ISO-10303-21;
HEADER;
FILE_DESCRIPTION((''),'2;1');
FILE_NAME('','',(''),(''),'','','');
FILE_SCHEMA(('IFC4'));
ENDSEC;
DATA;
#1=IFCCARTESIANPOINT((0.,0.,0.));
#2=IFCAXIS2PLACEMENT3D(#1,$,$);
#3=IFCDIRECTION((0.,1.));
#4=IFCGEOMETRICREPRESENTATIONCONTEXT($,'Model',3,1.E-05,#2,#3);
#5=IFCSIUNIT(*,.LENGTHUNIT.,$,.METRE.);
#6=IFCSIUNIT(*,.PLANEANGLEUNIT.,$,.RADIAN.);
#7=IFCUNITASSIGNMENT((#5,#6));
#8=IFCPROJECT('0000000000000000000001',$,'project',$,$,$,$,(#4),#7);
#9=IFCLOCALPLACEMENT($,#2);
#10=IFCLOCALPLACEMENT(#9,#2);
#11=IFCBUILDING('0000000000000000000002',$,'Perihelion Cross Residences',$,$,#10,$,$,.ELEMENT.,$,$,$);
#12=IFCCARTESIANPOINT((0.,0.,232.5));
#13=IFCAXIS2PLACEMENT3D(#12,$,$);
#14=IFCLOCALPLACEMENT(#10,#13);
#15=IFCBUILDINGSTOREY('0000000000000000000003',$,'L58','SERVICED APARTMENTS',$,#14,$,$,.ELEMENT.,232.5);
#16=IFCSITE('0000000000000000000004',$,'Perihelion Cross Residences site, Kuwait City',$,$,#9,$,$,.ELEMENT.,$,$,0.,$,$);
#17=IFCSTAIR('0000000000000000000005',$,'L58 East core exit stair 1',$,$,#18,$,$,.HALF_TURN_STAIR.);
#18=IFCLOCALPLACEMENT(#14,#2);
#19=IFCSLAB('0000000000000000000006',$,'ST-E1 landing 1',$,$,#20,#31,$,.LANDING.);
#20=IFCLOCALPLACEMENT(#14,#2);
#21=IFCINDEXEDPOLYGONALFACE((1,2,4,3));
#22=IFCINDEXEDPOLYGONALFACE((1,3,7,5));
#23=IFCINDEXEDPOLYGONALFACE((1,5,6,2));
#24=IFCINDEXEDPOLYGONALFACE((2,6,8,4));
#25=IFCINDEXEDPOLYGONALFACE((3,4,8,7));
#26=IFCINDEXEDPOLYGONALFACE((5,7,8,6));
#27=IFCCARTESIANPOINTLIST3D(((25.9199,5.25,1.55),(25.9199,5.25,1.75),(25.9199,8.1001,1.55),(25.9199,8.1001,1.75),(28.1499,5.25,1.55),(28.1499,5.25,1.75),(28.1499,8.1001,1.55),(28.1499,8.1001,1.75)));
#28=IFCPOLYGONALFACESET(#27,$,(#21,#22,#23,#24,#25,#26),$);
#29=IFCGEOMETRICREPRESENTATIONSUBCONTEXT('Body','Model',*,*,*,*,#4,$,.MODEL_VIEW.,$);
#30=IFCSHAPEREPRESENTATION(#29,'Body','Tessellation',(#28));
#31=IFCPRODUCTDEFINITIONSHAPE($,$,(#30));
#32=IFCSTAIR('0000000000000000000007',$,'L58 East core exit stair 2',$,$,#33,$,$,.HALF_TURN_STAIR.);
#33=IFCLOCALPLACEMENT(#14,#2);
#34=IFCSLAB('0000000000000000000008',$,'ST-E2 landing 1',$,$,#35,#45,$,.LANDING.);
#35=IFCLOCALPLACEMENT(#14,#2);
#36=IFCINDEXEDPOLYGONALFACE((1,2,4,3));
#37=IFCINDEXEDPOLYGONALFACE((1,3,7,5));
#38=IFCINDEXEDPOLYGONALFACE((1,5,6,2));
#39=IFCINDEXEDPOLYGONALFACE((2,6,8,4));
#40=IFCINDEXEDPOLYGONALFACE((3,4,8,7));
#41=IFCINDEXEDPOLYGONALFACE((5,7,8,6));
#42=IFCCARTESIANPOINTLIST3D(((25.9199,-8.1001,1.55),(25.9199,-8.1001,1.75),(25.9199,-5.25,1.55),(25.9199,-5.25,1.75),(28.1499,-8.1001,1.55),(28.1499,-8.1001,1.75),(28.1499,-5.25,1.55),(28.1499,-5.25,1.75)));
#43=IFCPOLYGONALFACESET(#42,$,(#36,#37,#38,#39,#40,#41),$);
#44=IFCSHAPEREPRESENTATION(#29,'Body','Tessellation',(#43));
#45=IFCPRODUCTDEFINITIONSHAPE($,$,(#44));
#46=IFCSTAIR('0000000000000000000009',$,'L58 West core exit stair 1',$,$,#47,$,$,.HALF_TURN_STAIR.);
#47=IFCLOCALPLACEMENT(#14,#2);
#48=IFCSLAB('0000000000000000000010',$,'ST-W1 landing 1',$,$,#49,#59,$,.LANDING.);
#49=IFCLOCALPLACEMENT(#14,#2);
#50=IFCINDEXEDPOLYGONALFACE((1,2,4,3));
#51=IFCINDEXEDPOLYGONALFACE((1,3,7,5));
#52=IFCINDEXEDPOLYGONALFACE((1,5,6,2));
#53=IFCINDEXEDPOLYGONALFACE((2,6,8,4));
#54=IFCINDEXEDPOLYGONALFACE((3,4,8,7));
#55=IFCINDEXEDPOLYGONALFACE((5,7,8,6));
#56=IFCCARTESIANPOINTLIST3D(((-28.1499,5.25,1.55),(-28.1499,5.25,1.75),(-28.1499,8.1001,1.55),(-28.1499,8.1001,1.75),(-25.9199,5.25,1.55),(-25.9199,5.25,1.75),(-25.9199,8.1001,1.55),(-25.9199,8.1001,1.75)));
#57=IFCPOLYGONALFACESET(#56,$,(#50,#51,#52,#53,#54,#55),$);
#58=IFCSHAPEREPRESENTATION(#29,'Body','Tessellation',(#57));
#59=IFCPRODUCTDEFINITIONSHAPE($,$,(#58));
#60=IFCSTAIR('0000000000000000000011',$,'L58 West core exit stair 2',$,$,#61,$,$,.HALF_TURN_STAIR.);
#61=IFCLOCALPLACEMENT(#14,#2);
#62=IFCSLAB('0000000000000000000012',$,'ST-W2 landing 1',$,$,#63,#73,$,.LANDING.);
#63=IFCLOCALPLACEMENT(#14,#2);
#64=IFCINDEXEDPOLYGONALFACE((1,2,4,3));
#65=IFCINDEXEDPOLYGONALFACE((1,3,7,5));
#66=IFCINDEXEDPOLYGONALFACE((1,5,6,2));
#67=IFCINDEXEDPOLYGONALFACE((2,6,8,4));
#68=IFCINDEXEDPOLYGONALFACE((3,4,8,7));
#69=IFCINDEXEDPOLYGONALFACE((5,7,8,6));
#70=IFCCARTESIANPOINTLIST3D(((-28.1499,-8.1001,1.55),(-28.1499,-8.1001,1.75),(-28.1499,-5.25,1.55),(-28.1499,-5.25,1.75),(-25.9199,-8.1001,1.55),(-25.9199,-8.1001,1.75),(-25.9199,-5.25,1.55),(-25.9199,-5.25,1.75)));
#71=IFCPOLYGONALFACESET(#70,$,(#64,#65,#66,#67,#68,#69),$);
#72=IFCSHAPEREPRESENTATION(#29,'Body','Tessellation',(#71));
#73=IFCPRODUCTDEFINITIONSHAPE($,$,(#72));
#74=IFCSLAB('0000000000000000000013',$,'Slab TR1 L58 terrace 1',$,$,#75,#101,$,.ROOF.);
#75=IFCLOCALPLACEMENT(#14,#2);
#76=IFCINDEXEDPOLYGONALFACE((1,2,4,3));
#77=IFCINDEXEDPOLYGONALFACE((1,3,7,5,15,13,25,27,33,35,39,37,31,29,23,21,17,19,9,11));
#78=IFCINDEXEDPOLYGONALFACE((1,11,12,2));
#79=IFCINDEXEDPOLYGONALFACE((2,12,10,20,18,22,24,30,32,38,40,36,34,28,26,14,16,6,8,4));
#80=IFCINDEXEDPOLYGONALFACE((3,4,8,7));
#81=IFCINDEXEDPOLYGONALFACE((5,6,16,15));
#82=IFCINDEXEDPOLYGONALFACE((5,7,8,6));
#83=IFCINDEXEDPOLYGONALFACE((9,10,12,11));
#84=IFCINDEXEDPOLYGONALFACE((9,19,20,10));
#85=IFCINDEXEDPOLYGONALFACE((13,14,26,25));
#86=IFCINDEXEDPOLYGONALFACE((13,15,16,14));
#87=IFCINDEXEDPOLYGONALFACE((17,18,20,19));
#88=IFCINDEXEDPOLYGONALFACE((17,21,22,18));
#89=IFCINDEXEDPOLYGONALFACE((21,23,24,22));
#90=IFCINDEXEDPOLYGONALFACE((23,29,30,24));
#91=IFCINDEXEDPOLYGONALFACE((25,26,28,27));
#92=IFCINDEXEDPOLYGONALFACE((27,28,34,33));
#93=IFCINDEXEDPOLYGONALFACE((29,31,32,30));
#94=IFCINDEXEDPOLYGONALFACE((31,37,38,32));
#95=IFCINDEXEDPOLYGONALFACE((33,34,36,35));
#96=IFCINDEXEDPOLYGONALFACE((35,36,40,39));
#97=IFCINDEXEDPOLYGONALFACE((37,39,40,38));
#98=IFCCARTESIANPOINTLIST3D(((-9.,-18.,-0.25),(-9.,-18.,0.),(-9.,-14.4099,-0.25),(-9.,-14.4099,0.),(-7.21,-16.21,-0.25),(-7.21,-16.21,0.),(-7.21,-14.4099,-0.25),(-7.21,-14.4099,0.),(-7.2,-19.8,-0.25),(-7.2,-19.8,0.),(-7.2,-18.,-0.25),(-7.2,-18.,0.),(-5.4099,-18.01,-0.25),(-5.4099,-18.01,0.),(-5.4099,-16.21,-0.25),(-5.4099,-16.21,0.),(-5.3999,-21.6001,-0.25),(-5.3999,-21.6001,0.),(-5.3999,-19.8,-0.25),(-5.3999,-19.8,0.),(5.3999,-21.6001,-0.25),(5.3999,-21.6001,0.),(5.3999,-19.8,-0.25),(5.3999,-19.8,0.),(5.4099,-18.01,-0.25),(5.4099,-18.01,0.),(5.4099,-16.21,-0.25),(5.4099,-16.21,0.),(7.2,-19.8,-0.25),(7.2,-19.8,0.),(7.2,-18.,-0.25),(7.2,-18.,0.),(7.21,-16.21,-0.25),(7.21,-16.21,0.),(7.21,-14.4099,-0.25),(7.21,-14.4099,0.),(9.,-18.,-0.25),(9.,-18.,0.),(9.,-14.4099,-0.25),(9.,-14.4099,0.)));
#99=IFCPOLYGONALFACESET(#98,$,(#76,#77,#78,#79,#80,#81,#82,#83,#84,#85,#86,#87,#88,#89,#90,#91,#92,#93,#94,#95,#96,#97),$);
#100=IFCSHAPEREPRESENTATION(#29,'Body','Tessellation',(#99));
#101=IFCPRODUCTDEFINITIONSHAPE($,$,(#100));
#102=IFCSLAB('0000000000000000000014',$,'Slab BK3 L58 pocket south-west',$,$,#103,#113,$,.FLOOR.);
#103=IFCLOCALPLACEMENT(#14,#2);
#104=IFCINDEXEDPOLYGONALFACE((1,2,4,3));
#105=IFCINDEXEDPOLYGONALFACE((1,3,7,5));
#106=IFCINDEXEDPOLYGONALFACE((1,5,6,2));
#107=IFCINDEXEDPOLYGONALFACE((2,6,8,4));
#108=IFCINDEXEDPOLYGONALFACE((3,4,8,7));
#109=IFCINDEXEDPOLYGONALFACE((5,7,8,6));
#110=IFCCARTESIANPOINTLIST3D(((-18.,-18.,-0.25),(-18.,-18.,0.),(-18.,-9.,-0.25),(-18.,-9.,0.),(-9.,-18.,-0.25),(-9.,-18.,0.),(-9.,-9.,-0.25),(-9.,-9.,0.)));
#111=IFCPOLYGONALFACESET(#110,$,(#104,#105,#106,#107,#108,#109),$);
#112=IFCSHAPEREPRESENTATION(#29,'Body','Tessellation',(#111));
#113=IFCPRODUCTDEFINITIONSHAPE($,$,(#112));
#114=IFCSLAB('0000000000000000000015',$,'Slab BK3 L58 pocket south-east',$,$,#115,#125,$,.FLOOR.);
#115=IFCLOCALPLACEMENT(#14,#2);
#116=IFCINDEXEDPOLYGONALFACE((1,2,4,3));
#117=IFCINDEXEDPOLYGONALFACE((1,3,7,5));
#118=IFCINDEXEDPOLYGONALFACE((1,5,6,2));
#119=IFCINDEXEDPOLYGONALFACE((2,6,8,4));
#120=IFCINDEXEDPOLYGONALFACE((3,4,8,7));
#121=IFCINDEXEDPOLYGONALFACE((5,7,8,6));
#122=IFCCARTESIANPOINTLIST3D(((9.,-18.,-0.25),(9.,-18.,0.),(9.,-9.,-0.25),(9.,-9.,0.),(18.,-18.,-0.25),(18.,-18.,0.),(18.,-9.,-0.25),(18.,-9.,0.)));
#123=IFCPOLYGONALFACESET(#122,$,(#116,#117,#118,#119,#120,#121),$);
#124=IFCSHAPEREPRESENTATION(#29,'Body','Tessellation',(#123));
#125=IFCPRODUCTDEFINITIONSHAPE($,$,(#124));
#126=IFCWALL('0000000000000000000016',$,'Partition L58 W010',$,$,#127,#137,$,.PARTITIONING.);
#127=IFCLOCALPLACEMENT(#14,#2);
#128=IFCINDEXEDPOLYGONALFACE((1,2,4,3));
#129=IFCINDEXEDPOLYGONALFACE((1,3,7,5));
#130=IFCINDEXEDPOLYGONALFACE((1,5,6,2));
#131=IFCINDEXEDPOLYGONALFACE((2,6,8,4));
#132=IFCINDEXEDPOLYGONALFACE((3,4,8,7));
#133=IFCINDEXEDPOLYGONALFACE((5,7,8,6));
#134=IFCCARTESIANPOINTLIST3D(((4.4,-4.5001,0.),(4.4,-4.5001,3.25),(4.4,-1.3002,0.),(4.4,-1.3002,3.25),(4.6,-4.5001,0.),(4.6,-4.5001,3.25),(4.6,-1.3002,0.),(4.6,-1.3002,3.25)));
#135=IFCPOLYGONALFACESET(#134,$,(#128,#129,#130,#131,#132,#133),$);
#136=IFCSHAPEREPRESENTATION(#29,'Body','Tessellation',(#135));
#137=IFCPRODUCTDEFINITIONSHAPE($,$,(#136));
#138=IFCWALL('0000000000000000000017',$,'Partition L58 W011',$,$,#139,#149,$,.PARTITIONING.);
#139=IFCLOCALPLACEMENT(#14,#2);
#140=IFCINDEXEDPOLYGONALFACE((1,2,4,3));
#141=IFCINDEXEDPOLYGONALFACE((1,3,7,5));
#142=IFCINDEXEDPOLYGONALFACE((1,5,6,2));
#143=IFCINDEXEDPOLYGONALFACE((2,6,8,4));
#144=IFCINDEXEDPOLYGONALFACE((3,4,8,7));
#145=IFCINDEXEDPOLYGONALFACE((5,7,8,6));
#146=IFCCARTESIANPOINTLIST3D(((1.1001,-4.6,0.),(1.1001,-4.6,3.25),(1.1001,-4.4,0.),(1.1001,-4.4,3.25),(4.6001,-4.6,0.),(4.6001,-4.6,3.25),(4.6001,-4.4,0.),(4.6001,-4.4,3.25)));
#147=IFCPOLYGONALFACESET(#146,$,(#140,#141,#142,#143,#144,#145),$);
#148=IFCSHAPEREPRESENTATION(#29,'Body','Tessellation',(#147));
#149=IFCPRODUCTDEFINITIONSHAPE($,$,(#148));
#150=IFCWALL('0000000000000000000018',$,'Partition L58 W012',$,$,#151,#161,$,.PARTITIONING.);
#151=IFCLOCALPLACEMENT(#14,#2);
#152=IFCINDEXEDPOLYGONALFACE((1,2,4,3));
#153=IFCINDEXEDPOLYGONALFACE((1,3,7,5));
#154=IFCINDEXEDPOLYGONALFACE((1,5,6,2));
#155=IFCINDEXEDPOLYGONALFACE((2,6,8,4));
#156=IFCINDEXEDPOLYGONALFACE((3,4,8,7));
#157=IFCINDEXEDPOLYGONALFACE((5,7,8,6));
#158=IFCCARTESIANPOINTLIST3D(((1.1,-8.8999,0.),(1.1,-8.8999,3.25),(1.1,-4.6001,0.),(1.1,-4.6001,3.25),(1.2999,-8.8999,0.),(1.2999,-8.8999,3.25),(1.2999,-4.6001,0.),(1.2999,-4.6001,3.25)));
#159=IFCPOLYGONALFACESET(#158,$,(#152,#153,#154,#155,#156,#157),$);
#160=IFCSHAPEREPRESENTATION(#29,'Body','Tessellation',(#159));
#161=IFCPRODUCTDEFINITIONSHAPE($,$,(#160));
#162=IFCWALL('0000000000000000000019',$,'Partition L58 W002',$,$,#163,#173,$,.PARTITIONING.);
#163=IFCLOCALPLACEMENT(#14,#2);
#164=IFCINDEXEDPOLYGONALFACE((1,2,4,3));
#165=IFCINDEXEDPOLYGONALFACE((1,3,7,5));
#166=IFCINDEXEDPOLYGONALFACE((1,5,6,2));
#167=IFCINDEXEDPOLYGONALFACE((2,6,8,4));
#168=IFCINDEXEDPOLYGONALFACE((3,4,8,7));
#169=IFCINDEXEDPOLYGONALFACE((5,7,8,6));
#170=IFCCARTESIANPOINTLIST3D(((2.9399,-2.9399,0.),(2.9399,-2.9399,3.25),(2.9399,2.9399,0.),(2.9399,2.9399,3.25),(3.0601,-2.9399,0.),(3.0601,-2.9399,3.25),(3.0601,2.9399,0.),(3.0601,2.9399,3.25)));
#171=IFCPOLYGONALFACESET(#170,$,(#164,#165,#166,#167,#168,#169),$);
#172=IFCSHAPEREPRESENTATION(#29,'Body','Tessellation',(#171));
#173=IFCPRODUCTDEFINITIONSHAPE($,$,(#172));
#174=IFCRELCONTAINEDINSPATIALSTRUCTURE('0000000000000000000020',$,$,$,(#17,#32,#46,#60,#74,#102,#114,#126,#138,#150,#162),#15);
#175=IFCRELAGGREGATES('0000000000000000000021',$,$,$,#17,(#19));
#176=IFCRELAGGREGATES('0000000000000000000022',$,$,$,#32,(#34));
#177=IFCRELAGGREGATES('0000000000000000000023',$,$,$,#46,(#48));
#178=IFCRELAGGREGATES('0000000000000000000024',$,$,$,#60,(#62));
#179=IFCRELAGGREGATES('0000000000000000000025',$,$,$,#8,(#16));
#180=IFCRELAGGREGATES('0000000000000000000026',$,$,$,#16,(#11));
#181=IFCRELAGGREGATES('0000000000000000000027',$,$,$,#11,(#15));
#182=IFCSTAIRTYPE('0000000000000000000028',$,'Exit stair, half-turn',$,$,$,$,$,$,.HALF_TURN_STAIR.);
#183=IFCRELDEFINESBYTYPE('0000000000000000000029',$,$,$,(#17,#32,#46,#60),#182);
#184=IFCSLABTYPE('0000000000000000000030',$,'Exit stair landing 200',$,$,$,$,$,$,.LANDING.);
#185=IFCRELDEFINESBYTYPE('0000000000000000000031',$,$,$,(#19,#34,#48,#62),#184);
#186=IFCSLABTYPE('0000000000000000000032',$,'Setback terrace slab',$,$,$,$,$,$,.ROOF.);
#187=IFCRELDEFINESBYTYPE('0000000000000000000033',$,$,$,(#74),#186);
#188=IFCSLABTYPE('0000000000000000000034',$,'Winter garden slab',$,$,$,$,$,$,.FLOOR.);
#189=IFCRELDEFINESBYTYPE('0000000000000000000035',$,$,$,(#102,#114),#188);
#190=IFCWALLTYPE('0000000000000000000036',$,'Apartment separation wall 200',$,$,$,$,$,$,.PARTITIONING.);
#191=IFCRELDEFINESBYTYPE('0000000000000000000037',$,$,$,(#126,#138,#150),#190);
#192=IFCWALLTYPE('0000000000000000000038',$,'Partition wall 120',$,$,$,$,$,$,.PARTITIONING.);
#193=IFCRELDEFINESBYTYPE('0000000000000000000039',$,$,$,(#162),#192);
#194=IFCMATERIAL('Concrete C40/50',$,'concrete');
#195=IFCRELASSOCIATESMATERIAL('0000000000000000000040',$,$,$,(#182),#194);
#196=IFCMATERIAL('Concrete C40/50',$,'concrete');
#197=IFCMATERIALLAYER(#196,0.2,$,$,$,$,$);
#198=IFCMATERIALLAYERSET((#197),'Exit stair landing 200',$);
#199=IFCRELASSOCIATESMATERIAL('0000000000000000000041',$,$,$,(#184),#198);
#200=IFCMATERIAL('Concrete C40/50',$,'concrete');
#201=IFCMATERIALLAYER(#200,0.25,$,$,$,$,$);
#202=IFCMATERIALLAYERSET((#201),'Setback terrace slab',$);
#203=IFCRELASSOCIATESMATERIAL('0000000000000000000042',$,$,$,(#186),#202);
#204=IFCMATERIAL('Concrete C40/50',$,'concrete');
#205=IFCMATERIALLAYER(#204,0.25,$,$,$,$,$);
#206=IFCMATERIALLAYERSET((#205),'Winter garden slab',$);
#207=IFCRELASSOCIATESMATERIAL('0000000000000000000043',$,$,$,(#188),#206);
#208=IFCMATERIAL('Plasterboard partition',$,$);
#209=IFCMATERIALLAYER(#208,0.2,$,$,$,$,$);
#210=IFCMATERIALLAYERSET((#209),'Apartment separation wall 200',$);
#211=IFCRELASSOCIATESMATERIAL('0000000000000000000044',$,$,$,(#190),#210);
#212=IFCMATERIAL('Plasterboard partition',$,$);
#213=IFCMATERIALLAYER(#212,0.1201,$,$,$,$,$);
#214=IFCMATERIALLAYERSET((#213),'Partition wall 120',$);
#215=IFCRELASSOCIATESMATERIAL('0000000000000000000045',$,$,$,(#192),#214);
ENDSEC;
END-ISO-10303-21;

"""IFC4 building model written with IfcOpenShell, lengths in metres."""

from ifc_helpers import new_model, si_unit, direction, frame, frame_2d, origin, place, context, subcontext, project, spatial, polyline, rectangle, outline, extrude, material, layer, layer_set, type_object, element, aggregate, save


model = new_model("IFC4")

# Units and contexts
model_context = context("Model", 3, precision=1e-05, world=origin(), true_north=direction((0.0, 1.0)))
body_context = subcontext(model_context, "Body", "Model", "MODEL_VIEW")
ifc_project = project(units=[si_unit("LENGTHUNIT", "METRE"), si_unit("PLANEANGLEUNIT", "RADIAN")], contexts=[model_context])

# Site, building, storey
site_placement = place(None, origin())
site = spatial("IfcSite", under=ifc_project, at=site_placement, Name="Perihelion Cross Residences site, Kuwait City", CompositionType="ELEMENT", RefElevation=0.0)
building_placement = place(site_placement, origin())
building = spatial("IfcBuilding", under=site, at=building_placement, Name="Perihelion Cross Residences", CompositionType="ELEMENT")
storey_placement = place(building_placement, frame((0.0, 0.0, 232.5)))
storey = spatial("IfcBuildingStorey", under=building, at=storey_placement, Name="L58", Description="SERVICED APARTMENTS", CompositionType="ELEMENT", Elevation=232.5)

# Stairs, slabs
ifc_material_1 = material(Name="Concrete C40/50", Category="concrete")
stair_type = type_object("IfcStairType", Name="Exit stair, half-turn", PredefinedType="HALF_TURN_STAIR", material=ifc_material_1)
stair_1_placement = place(storey_placement, origin())
stair_1 = element("IfcStair", 1, at=stair_1_placement, inside=storey, type_object=stair_type, Name="L58 East core exit stair 1", PredefinedType="HALF_TURN_STAIR")
ifc_material_2 = material(Name="Concrete C40/50", Category="concrete")
ifc_layer_1 = layer(ifc_material_2, 0.2)
ifc_layer_set_1 = layer_set([ifc_layer_1], Name="Exit stair landing 200")
slab_type_1 = type_object("IfcSlabType", Name="Exit stair landing 200", PredefinedType="LANDING", material=ifc_layer_set_1)
slab_1_placement = place(storey_placement, frame((0.0, 0.0, 1.55)))
slab_1 = element("IfcSlab", 2, at=slab_1_placement, type_object=slab_type_1, Name="ST-E1 landing 1", PredefinedType="LANDING", context=body_context, shape_type="SweptSolid", body=[
    extrude(outline(polyline([(25.9199, 5.25), (28.1499, 5.25), (28.1499, 8.1001), (25.9199, 8.1001), (25.9199, 5.25)])), origin(), (0.0, 0.0, 1.0), 0.2),
])
aggregate(stair_1, [slab_1])
stair_2_placement = place(storey_placement, origin())
stair_2 = element("IfcStair", 3, at=stair_2_placement, inside=storey, type_object=stair_type, Name="L58 East core exit stair 2", PredefinedType="HALF_TURN_STAIR")
slab_2_placement = place(storey_placement, frame((0.0, 0.0, 1.55)))
slab_2 = element("IfcSlab", 4, at=slab_2_placement, type_object=slab_type_1, Name="ST-E2 landing 1", PredefinedType="LANDING", context=body_context, shape_type="SweptSolid", body=[
    extrude(outline(polyline([(25.9199, -8.1001), (28.1499, -8.1001), (28.1499, -5.25), (25.9199, -5.25), (25.9199, -8.1001)])), origin(), (0.0, 0.0, 1.0), 0.2),
])
aggregate(stair_2, [slab_2])
stair_3_placement = place(storey_placement, origin())
stair_3 = element("IfcStair", 5, at=stair_3_placement, inside=storey, type_object=stair_type, Name="L58 West core exit stair 1", PredefinedType="HALF_TURN_STAIR")
slab_3_placement = place(storey_placement, frame((0.0, 0.0, 1.55)))
slab_3 = element("IfcSlab", 6, at=slab_3_placement, type_object=slab_type_1, Name="ST-W1 landing 1", PredefinedType="LANDING", context=body_context, shape_type="SweptSolid", body=[
    extrude(outline(polyline([(-25.9199, 8.1001), (-28.1499, 8.1001), (-28.1499, 5.25), (-25.9199, 5.25), (-25.9199, 8.1001)])), origin(), (0.0, 0.0, 1.0), 0.2),
])
aggregate(stair_3, [slab_3])
stair_4_placement = place(storey_placement, origin())
stair_4 = element("IfcStair", 7, at=stair_4_placement, inside=storey, type_object=stair_type, Name="L58 West core exit stair 2", PredefinedType="HALF_TURN_STAIR")
slab_4_placement = place(storey_placement, frame((0.0, 0.0, 1.55)))
slab_4 = element("IfcSlab", 8, at=slab_4_placement, type_object=slab_type_1, Name="ST-W2 landing 1", PredefinedType="LANDING", context=body_context, shape_type="SweptSolid", body=[
    extrude(outline(polyline([(-25.9199, -5.25), (-28.1499, -5.25), (-28.1499, -8.1001), (-25.9199, -8.1001), (-25.9199, -5.25)])), origin(), (0.0, 0.0, 1.0), 0.2),
])
aggregate(stair_4, [slab_4])

# Slabs
ifc_material_3 = material(Name="Concrete C40/50", Category="concrete")
ifc_layer_2 = layer(ifc_material_3, 0.25)
ifc_layer_set_2 = layer_set([ifc_layer_2], Name="Setback terrace slab")
slab_type_2 = type_object("IfcSlabType", Name="Setback terrace slab", PredefinedType="ROOF", material=ifc_layer_set_2)
slab_5_placement = place(storey_placement, frame((0.0, 0.0, -0.25)))
element("IfcSlab", 9, at=slab_5_placement, inside=storey, type_object=slab_type_2, Name="Slab TR1 L58 terrace 1", PredefinedType="ROOF", context=body_context, shape_type="SweptSolid", body=[
    extrude(outline(polyline([(7.2, -18.0), (9.0, -18.0), (9.0, -14.4099), (7.21, -14.4099), (7.21, -16.21), (5.4099, -16.21), (5.4099, -18.01), (-5.4099, -18.01), (-5.4099, -16.21), (-7.21, -16.21), (-7.21, -14.4099), (-9.0, -14.4099), (-9.0, -18.0), (-7.2, -18.0), (-7.2, -19.8), (-5.3999, -19.8), (-5.3999, -21.6001), (5.3999, -21.6001), (5.3999, -19.8), (7.2, -19.8), (7.2, -18.0)])), origin(), (0.0, 0.0, 1.0), 0.25),
])
ifc_material_4 = material(Name="Concrete C40/50", Category="concrete")
ifc_layer_3 = layer(ifc_material_4, 0.25)
ifc_layer_set_3 = layer_set([ifc_layer_3], Name="Winter garden slab")
slab_type_3 = type_object("IfcSlabType", Name="Winter garden slab", PredefinedType="FLOOR", material=ifc_layer_set_3)
slab_6_placement = place(storey_placement, frame((0.0, 0.0, -0.25)))
element("IfcSlab", 10, at=slab_6_placement, inside=storey, type_object=slab_type_3, Name="Slab BK3 L58 pocket south-west", PredefinedType="FLOOR", context=body_context, shape_type="SweptSolid", body=[
    extrude(outline(polyline([(-9.0, -18.0), (-9.0, -9.0), (-18.0, -9.0), (-18.0, -18.0), (-9.0, -18.0)])), origin(), (0.0, 0.0, 1.0), 0.25),
])
slab_7_placement = place(storey_placement, frame((0.0, 0.0, -0.25)))
element("IfcSlab", 11, at=slab_7_placement, inside=storey, type_object=slab_type_3, Name="Slab BK3 L58 pocket south-east", PredefinedType="FLOOR", context=body_context, shape_type="SweptSolid", body=[
    extrude(outline(polyline([(18.0, -18.0), (18.0, -9.0), (9.0, -9.0), (9.0, -18.0), (18.0, -18.0)])), origin(), (0.0, 0.0, 1.0), 0.25),
])

# Walls
ifc_material_5 = material(Name="Plasterboard partition")
ifc_layer_4 = layer(ifc_material_5, 0.2)
ifc_layer_set_4 = layer_set([ifc_layer_4], Name="Apartment separation wall 200")
wall_type_1 = type_object("IfcWallType", Name="Apartment separation wall 200", PredefinedType="PARTITIONING", material=ifc_layer_set_4)
wall_1_placement = place(storey_placement, frame((4.5, -1.3, 0.0), z_axis=(0.0, 0.0, 1.0), x_axis=(0.0, -1.0, 0.0)))
element("IfcWall", 12, at=wall_1_placement, inside=storey, type_object=wall_type_1, Name="Partition L58 W010", PredefinedType="PARTITIONING", context=body_context, shape_type="SweptSolid", body=[
    extrude(rectangle(XDim=3.2, YDim=0.2, at=frame_2d((1.6001, 0.0))), origin(), (0.0, 0.0, 1.0), 3.25),
])
wall_2_placement = place(storey_placement, frame((4.6001, -4.5, 0.0), z_axis=(0.0, 0.0, 1.0), x_axis=(-1.0, 0.0, 0.0)))
element("IfcWall", 13, at=wall_2_placement, inside=storey, type_object=wall_type_1, Name="Partition L58 W011", PredefinedType="PARTITIONING", context=body_context, shape_type="SweptSolid", body=[
    extrude(rectangle(XDim=3.5, YDim=0.2, at=frame_2d((1.75, 0.0))), origin(), (0.0, 0.0, 1.0), 3.25),
])
wall_3_placement = place(storey_placement, frame((1.2, -4.6001, 0.0), z_axis=(0.0, 0.0, 1.0), x_axis=(0.0, -1.0, 0.0)))
element("IfcWall", 14, at=wall_3_placement, inside=storey, type_object=wall_type_1, Name="Partition L58 W012", PredefinedType="PARTITIONING", context=body_context, shape_type="SweptSolid", body=[
    extrude(rectangle(XDim=4.2998, YDim=0.2, at=frame_2d((2.1499, 0.0))), origin(), (0.0, 0.0, 1.0), 3.25),
])
ifc_material_6 = material(Name="Plasterboard partition")
ifc_layer_5 = layer(ifc_material_6, 0.1201)
ifc_layer_set_5 = layer_set([ifc_layer_5], Name="Partition wall 120")
wall_type_2 = type_object("IfcWallType", Name="Partition wall 120", PredefinedType="PARTITIONING", material=ifc_layer_set_5)
wall_4_placement = place(storey_placement, frame((3.0, -2.9399, 0.0), z_axis=(0.0, 0.0, 1.0), x_axis=(0.0, 1.0, 0.0)))
element("IfcWall", 15, at=wall_4_placement, inside=storey, type_object=wall_type_2, Name="Partition L58 W002", PredefinedType="PARTITIONING", context=body_context, shape_type="SweptSolid", body=[
    extrude(rectangle(XDim=5.8799, YDim=0.1201, at=frame_2d((2.9399, 0.0))), origin(), (0.0, 0.0, 1.0), 3.25),
])

save(model, "model.ifc")
